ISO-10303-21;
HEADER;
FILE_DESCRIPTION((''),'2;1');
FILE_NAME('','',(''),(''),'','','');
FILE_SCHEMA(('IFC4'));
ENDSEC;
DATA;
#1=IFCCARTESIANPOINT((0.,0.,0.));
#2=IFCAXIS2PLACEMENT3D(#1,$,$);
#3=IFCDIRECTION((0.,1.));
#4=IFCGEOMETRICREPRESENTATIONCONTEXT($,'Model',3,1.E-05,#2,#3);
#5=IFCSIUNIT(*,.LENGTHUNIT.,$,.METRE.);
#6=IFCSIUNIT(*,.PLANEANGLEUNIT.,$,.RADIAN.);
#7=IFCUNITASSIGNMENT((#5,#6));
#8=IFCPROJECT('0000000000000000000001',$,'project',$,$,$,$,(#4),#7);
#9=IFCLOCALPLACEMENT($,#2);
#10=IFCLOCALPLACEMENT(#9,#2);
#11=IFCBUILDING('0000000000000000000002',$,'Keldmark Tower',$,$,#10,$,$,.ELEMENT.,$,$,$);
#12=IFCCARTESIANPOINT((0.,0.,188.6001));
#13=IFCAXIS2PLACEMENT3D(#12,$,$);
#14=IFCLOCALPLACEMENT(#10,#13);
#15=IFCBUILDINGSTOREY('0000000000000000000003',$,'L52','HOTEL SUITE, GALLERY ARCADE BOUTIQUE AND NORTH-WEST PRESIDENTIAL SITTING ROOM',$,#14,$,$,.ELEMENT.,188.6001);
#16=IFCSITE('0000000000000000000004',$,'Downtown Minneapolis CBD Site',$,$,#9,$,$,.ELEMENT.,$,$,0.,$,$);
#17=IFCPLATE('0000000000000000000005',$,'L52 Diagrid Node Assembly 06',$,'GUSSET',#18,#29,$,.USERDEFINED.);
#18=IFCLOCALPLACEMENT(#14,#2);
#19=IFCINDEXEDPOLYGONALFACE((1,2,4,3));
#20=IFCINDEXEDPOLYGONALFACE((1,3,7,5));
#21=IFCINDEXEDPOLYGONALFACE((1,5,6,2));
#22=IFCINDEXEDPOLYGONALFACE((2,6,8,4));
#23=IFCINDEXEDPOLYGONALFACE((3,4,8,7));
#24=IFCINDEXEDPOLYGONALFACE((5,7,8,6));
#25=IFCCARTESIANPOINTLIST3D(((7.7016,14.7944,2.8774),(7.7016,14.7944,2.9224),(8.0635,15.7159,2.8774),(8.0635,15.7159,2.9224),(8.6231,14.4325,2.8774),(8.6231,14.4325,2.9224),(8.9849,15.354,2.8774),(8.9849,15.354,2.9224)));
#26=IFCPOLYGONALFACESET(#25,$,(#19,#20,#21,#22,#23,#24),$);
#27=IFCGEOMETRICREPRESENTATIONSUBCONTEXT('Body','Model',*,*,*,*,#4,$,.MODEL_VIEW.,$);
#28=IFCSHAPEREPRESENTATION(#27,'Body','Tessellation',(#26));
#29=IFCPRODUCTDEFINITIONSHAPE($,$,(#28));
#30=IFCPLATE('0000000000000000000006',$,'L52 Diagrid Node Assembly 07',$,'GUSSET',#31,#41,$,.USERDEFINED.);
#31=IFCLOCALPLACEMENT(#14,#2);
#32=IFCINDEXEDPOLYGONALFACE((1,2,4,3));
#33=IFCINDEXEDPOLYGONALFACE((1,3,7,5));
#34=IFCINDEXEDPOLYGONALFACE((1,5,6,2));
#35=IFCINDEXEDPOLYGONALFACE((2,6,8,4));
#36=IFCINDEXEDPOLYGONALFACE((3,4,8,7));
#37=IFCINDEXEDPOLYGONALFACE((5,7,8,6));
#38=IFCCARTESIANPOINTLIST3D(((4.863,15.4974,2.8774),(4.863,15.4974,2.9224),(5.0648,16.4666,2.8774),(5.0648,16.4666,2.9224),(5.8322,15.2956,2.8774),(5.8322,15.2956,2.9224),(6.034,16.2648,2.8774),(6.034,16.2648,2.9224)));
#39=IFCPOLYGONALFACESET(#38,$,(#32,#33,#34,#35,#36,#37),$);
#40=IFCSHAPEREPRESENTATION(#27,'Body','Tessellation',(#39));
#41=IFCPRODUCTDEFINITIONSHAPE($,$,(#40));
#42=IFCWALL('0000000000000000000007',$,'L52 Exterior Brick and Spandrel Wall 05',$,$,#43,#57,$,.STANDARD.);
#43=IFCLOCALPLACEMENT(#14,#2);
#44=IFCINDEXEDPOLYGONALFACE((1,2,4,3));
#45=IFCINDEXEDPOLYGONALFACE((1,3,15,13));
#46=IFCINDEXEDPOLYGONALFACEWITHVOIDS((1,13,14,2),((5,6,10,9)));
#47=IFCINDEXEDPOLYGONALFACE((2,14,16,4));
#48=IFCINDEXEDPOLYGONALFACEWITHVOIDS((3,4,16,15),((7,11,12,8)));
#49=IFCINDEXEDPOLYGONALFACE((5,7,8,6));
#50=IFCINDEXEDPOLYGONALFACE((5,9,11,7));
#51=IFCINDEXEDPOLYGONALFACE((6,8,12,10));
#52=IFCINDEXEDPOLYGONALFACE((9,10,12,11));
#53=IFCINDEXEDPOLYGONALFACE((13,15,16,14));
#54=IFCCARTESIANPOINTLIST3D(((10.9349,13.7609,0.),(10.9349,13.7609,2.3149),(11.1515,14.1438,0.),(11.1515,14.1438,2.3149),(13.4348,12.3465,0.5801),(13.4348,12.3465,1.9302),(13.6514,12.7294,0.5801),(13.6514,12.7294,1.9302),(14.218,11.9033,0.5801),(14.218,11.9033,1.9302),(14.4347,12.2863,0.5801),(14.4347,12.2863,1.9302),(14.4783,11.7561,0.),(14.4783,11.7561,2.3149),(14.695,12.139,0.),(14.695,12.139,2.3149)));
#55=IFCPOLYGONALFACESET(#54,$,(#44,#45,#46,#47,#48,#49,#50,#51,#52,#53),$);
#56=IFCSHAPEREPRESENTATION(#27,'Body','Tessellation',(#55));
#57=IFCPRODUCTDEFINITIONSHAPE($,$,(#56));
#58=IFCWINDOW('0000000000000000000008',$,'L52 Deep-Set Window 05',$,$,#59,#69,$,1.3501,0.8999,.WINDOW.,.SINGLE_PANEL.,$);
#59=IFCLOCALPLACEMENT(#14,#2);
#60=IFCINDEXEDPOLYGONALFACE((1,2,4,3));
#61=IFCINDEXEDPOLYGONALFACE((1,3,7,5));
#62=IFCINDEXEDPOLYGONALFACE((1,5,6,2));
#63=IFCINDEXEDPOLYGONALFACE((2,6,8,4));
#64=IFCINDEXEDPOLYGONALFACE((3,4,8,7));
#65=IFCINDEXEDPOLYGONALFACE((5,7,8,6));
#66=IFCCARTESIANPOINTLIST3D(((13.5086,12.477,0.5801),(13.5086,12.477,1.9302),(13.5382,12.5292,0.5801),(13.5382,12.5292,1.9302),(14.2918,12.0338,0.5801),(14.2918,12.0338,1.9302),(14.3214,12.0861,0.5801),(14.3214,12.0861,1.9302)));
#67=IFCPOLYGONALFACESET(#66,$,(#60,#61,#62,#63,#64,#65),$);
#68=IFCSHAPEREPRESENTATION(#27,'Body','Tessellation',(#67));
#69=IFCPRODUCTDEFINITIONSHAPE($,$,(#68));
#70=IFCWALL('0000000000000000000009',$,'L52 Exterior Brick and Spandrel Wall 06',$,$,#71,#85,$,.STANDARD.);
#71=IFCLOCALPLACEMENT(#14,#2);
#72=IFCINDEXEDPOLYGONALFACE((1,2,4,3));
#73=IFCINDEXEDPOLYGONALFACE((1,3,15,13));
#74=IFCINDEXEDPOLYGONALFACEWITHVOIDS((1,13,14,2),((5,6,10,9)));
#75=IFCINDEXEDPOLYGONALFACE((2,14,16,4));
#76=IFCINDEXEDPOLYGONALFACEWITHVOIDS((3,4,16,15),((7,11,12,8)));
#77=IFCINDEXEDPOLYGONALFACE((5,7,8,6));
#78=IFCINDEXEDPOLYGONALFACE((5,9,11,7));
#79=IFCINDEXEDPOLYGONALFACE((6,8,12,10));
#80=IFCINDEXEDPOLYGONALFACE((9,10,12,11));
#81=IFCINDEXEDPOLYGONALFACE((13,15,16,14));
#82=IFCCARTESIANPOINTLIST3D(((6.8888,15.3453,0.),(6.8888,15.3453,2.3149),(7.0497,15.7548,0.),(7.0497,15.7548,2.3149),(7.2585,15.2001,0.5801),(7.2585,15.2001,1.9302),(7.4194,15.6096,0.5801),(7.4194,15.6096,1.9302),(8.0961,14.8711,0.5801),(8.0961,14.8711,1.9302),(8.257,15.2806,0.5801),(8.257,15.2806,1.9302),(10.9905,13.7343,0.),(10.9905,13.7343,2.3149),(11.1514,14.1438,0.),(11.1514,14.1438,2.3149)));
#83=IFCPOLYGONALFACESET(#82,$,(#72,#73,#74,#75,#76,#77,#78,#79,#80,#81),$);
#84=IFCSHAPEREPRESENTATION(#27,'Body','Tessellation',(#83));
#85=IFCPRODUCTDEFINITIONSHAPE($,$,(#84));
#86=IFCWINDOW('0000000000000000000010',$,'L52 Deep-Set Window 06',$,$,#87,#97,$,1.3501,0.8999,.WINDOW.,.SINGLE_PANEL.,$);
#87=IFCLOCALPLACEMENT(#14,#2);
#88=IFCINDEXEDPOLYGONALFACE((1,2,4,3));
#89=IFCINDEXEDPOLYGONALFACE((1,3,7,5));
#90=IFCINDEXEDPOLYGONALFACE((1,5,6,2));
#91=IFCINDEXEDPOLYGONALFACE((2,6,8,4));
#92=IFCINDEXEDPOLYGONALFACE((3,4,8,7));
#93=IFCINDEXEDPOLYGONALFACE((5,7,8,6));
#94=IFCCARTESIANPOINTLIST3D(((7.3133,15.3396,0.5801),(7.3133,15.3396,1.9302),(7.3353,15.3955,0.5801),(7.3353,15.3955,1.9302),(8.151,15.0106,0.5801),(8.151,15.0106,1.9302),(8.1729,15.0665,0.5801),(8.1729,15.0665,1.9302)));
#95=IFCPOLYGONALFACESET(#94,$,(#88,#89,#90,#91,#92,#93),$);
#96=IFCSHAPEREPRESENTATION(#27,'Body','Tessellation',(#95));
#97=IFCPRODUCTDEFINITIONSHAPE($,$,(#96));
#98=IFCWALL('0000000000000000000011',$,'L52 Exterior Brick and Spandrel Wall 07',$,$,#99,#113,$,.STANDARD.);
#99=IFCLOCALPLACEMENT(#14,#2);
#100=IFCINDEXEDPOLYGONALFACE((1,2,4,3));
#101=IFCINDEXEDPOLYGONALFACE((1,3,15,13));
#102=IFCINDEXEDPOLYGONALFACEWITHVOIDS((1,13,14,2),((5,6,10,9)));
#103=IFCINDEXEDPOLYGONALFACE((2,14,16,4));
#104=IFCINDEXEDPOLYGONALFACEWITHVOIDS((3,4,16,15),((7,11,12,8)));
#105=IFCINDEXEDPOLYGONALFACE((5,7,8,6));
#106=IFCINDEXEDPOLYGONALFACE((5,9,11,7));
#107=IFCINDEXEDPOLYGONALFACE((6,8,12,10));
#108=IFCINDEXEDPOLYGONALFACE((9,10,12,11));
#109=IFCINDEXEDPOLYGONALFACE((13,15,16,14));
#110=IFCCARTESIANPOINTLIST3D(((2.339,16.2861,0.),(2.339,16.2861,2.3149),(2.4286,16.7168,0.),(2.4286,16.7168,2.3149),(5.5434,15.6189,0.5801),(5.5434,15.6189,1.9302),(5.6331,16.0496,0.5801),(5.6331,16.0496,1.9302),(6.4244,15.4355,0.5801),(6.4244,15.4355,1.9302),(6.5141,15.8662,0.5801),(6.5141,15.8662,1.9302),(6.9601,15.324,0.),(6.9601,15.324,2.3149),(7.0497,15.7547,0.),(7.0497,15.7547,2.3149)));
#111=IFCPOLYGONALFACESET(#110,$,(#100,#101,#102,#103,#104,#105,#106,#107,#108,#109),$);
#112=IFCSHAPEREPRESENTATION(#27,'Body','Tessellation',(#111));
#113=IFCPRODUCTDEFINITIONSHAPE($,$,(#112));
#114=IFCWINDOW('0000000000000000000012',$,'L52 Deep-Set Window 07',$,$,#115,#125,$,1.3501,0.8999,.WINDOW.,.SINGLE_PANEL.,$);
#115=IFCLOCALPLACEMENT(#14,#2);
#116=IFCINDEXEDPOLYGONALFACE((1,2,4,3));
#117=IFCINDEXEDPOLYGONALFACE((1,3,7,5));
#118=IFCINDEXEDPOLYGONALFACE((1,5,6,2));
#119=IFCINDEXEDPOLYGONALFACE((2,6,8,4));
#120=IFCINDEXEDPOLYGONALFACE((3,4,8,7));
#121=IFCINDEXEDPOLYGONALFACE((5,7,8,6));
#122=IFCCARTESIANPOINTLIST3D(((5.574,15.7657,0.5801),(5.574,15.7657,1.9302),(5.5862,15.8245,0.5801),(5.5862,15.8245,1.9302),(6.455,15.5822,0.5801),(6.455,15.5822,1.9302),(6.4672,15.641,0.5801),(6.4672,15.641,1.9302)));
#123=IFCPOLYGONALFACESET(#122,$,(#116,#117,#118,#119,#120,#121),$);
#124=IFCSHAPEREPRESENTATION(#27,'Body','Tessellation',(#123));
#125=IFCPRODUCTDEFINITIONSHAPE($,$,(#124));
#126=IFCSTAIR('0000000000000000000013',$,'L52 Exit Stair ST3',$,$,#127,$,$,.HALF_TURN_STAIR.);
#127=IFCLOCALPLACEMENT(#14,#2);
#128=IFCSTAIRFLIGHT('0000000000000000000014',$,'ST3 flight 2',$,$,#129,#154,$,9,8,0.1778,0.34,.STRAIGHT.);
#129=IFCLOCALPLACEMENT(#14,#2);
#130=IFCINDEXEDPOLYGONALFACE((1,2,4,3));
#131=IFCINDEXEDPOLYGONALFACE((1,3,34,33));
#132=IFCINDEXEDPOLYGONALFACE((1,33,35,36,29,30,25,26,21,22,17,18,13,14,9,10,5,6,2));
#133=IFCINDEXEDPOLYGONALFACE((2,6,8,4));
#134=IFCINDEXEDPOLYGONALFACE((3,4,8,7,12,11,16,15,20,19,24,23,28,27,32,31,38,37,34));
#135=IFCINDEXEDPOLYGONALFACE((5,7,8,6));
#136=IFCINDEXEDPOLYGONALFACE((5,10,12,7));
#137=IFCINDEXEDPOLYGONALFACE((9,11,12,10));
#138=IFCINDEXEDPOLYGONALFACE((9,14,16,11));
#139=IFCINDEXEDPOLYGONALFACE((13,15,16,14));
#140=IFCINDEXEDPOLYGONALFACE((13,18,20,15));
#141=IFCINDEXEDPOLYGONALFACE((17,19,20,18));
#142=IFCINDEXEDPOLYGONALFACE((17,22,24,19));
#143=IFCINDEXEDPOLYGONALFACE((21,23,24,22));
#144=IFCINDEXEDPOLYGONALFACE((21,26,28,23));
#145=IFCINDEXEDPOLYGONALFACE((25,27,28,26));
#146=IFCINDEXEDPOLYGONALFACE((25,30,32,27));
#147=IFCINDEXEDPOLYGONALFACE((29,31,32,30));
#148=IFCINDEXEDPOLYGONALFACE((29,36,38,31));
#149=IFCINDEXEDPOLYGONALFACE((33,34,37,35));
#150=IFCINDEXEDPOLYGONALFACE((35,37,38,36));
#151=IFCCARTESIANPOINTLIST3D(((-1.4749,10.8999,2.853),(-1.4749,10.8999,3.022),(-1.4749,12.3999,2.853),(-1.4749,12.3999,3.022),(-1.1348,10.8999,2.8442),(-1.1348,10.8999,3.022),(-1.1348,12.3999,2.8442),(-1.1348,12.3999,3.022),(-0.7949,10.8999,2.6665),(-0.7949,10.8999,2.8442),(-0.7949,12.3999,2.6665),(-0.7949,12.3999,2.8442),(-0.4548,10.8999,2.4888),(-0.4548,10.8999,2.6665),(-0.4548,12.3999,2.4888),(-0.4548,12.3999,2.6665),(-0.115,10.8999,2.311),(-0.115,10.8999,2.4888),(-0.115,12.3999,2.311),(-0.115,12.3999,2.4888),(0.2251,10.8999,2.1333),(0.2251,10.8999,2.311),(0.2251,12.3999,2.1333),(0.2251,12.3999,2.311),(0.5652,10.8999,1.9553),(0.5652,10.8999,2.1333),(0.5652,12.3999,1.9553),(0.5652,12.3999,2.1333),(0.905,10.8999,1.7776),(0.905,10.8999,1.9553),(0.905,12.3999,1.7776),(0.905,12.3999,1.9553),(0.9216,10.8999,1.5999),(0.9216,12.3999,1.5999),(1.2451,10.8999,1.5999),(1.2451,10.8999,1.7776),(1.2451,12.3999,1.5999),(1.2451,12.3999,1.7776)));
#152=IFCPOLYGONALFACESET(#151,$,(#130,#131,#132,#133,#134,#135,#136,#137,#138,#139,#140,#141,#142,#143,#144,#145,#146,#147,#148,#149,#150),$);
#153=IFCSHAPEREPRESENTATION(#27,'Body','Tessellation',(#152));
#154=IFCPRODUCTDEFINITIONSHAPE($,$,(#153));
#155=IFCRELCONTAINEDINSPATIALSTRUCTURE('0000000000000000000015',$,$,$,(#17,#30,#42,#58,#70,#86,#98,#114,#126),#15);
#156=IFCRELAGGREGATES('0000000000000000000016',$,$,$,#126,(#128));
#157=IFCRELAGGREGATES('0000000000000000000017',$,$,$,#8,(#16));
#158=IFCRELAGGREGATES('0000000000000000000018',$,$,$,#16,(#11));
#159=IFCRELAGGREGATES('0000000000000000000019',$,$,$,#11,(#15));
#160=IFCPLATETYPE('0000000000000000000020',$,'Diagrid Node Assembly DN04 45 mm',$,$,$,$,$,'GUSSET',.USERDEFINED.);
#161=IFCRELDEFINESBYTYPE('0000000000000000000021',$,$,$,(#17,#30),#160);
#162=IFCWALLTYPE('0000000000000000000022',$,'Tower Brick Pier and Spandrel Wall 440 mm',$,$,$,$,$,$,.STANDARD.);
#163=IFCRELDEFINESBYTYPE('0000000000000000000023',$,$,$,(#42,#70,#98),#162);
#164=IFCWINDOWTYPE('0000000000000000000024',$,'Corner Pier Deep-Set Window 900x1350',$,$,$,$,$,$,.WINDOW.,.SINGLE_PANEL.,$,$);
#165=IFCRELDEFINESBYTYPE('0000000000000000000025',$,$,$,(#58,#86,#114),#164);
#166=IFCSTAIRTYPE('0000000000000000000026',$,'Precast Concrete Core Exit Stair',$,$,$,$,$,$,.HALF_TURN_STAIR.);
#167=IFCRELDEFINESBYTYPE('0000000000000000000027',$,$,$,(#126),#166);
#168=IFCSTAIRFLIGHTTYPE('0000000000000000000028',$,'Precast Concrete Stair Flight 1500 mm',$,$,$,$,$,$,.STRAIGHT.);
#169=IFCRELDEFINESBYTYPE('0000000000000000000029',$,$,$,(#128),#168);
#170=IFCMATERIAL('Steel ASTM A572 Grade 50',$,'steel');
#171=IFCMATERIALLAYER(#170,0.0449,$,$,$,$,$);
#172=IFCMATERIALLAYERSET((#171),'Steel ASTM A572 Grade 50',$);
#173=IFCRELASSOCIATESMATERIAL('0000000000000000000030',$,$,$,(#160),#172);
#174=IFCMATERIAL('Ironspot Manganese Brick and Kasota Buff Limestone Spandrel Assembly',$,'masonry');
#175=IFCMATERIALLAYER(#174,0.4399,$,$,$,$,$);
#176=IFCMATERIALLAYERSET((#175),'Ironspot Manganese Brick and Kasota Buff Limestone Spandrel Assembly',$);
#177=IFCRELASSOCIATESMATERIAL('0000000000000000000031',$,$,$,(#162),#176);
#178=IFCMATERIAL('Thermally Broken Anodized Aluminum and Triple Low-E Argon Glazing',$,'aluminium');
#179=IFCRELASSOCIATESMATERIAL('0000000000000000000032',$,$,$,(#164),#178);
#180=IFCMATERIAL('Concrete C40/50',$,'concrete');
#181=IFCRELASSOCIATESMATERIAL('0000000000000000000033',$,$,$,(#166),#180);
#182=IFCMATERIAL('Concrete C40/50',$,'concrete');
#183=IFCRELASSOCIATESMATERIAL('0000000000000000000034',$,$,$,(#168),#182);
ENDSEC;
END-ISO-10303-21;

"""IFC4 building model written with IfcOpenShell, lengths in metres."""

from ifc_helpers import new_model, si_unit, direction, frame, frame_2d, origin, origin_2d, place, context, subcontext, project, spatial, polyline, rectangle, outline, extrude, material, layer, layer_set, type_object, element, fill, aggregate, save


model = new_model("IFC4")

# Units and contexts
model_context = context("Model", 3, precision=1e-05, world=origin(), true_north=direction((0.0, 1.0)))
body_context = subcontext(model_context, "Body", "Model", "MODEL_VIEW")
ifc_project = project(units=[si_unit("LENGTHUNIT", "METRE"), si_unit("PLANEANGLEUNIT", "RADIAN")], contexts=[model_context])

# Site, building, storey
site_placement = place(None, origin())
site = spatial("IfcSite", under=ifc_project, at=site_placement, Name="Downtown Minneapolis CBD Site", CompositionType="ELEMENT", RefElevation=0.0)
building_placement = place(site_placement, origin())
building = spatial("IfcBuilding", under=site, at=building_placement, Name="Keldmark Tower", CompositionType="ELEMENT")
storey_placement = place(building_placement, frame((0.0, 0.0, 188.6001)))
storey = spatial("IfcBuildingStorey", under=building, at=storey_placement, Name="L52", Description="HOTEL SUITE, GALLERY ARCADE BOUTIQUE AND NORTH-WEST PRESIDENTIAL SITTING ROOM", CompositionType="ELEMENT", Elevation=188.6001)

# Plates
ifc_material_1 = material(Name="Steel ASTM A572 Grade 50", Category="steel")
ifc_layer_1 = layer(ifc_material_1, 0.0449)
ifc_layer_set_1 = layer_set([ifc_layer_1], Name="Steel ASTM A572 Grade 50")
plate_type_1 = type_object("IfcPlateType", Name="Diagrid Node Assembly DN04 45 mm", ElementType="GUSSET", PredefinedType="USERDEFINED", material=ifc_layer_set_1)
for number, where, z_axis, x_axis, name in (
    (1, (8.3433, 15.0742, 2.8774), (0.0, 0.0, 1.0), (-0.930801, 0.365527, 0.0), "L52 Diagrid Node Assembly 06"),
    (2, (5.4485, 15.8811, 2.8774), (0.0, 0.0, 1.0), (-0.97901, 0.203813, 0.0), "L52 Diagrid Node Assembly 07"),
):
    element("IfcPlate", number, at=place(storey_placement, frame(where, z_axis=z_axis, x_axis=x_axis)), inside=storey, type_object=plate_type_1, Name=name, ObjectType="GUSSET", PredefinedType="USERDEFINED", context=body_context, shape_type="SweptSolid", body=[
        extrude(rectangle(XDim=0.99, YDim=0.99, at=origin_2d()), origin(), (0.0, 0.0, 1.0), 0.0449),
    ])

# Walls, openings, windows
ifc_material_2 = material(Name="Ironspot Manganese Brick and Kasota Buff Limestone Spandrel Assembly", Category="masonry")
ifc_layer_2 = layer(ifc_material_2, 0.4399)
ifc_layer_set_2 = layer_set([ifc_layer_2], Name="Ironspot Manganese Brick and Kasota Buff Limestone Spandrel Assembly")
wall_type = type_object("IfcWallType", Name="Tower Brick Pier and Spandrel Wall 440 mm", PredefinedType="STANDARD", material=ifc_layer_set_2)
wall_1_placement = place(storey_placement, frame((11.0432, 13.9524, 0.0), z_axis=(0.0, 0.0, 1.0), x_axis=(0.870346, -0.492441, 0.0)))
wall_1 = element("IfcWall", 3, at=wall_1_placement, inside=storey, type_object=wall_type, Name="L52 Exterior Brick and Spandrel Wall 05", PredefinedType="STANDARD", context=body_context, shape_type="SweptSolid", body=[
    extrude(rectangle(XDim=4.0713, YDim=0.4399, at=frame_2d((2.0356, 0.0))), origin(), (0.0, 0.0, 1.0), 2.3149),
])
opening_1_placement = place(wall_1_placement, frame((2.8723, 0.0, 0.5801)))
opening_1 = element("IfcOpeningElement", 4, at=opening_1_placement, cuts=wall_1, PredefinedType="OPENING", context=body_context, shape_type="SweptSolid", body=[
    extrude(rectangle(XDim=0.8999, YDim=1.3501, at=frame_2d((0.45, 0.675))), frame((0.0, 0.23, 0.0), z_axis=(0.0, -1.0, 0.0), x_axis=(1.0, 0.0, 0.0)), (0.0, 0.0, 1.0), 0.46),
])
ifc_material_3 = material(Name="Thermally Broken Anodized Aluminum and Triple Low-E Argon Glazing", Category="aluminium")
window_type = type_object("IfcWindowType", Name="Corner Pier Deep-Set Window 900x1350", PartitioningType="SINGLE_PANEL", PredefinedType="WINDOW", material=ifc_material_3)
window_1_placement = place(opening_1_placement, origin())
window_1 = element("IfcWindow", 5, at=window_1_placement, inside=storey, type_object=window_type, Name="L52 Deep-Set Window 05", OverallHeight=1.3501, OverallWidth=0.8999, PartitioningType="SINGLE_PANEL", PredefinedType="WINDOW", context=body_context, shape_type="SweptSolid", body=[
    extrude(rectangle(XDim=0.8999, YDim=1.3501, at=frame_2d((0.45, 0.675))), frame((0.0, -0.01, 0.0), z_axis=(0.0, -1.0, 0.0), x_axis=(1.0, 0.0, 0.0)), (0.0, 0.0, 1.0), 0.0601),
])
fill(opening_1, window_1)
wall_2_placement = place(storey_placement, frame((6.9692, 15.55, 0.0), z_axis=(0.0, 0.0, 1.0), x_axis=(0.930778, -0.365586, 0.0)))
wall_2 = element("IfcWall", 6, at=wall_2_placement, inside=storey, type_object=wall_type, Name="L52 Exterior Brick and Spandrel Wall 06", PredefinedType="STANDARD", context=body_context, shape_type="SweptSolid", body=[
    extrude(rectangle(XDim=4.4067, YDim=0.4399, at=frame_2d((2.2034, 0.0))), origin(), (0.0, 0.0, 1.0), 2.3149),
])
opening_2_placement = place(wall_2_placement, frame((0.3972, 0.0, 0.5801)))
opening_2 = element("IfcOpeningElement", 7, at=opening_2_placement, cuts=wall_2, PredefinedType="OPENING", context=body_context, shape_type="SweptSolid", body=[
    extrude(rectangle(XDim=0.8999, YDim=1.3501, at=frame_2d((0.45, 0.675))), frame((0.0, 0.23, 0.0), z_axis=(0.0, -1.0, 0.0), x_axis=(1.0, 0.0, 0.0)), (0.0, 0.0, 1.0), 0.46),
])
window_2_placement = place(opening_2_placement, origin())
window_2 = element("IfcWindow", 8, at=window_2_placement, inside=storey, type_object=window_type, Name="L52 Deep-Set Window 06", OverallHeight=1.3501, OverallWidth=0.8999, PartitioningType="SINGLE_PANEL", PredefinedType="WINDOW", context=body_context, shape_type="SweptSolid", body=[
    extrude(rectangle(XDim=0.8999, YDim=1.3501, at=frame_2d((0.45, 0.675))), frame((0.0, -0.01, 0.0), z_axis=(0.0, -1.0, 0.0), x_axis=(1.0, 0.0, 0.0)), (0.0, 0.0, 1.0), 0.0601),
])
fill(opening_2, window_2)
wall_3_placement = place(storey_placement, frame((2.3838, 16.5015, 0.0), z_axis=(0.0, 0.0, 1.0), x_axis=(0.979005, -0.203839, 0.0)))
wall_3 = element("IfcWall", 9, at=wall_3_placement, inside=storey, type_object=wall_type, Name="L52 Exterior Brick and Spandrel Wall 07", PredefinedType="STANDARD", context=body_context, shape_type="SweptSolid", body=[
    extrude(rectangle(XDim=4.7202, YDim=0.4399, at=frame_2d((2.3601, 0.0))), origin(), (0.0, 0.0, 1.0), 2.3149),
])
opening_3_placement = place(wall_3_placement, frame((3.2732, 0.0, 0.5801)))
opening_3 = element("IfcOpeningElement", 10, at=opening_3_placement, cuts=wall_3, PredefinedType="OPENING", context=body_context, shape_type="SweptSolid", body=[
    extrude(rectangle(XDim=0.8999, YDim=1.3501, at=frame_2d((0.45, 0.675))), frame((0.0, 0.23, 0.0), z_axis=(0.0, -1.0, 0.0), x_axis=(1.0, 0.0, 0.0)), (0.0, 0.0, 1.0), 0.46),
])
window_3_placement = place(opening_3_placement, origin())
window_3 = element("IfcWindow", 11, at=window_3_placement, inside=storey, type_object=window_type, Name="L52 Deep-Set Window 07", OverallHeight=1.3501, OverallWidth=0.8999, PartitioningType="SINGLE_PANEL", PredefinedType="WINDOW", context=body_context, shape_type="SweptSolid", body=[
    extrude(rectangle(XDim=0.8999, YDim=1.3501, at=frame_2d((0.45, 0.675))), frame((0.0, -0.01, 0.0), z_axis=(0.0, -1.0, 0.0), x_axis=(1.0, 0.0, 0.0)), (0.0, 0.0, 1.0), 0.0601),
])
fill(opening_3, window_3)

# Stair, stair flight
ifc_material_4 = material(Name="Concrete C40/50", Category="concrete")
stair_type = type_object("IfcStairType", Name="Precast Concrete Core Exit Stair", PredefinedType="HALF_TURN_STAIR", material=ifc_material_4)
stair_placement = place(storey_placement, origin())
stair = element("IfcStair", 12, at=stair_placement, inside=storey, type_object=stair_type, Name="L52 Exit Stair ST3", PredefinedType="HALF_TURN_STAIR")
ifc_material_5 = material(Name="Concrete C40/50", Category="concrete")
stair_flight_type = type_object("IfcStairFlightType", Name="Precast Concrete Stair Flight 1500 mm", PredefinedType="STRAIGHT", material=ifc_material_5)
stair_flight_placement = place(storey_placement, frame((1.2451, 11.6499, 1.5999), z_axis=(0.0, 0.0, 1.0), x_axis=(-1.0, 0.0, 0.0)))
stair_flight = element("IfcStairFlight", 13, at=stair_flight_placement, type_object=stair_flight_type, Name="ST3 flight 2", NumberOfRisers=9, NumberOfTreads=8, PredefinedType="STRAIGHT", RiserHeight=0.1778, TreadLength=0.34, context=body_context, shape_type="SweptSolid", body=[
    extrude(outline(polyline([(0.0, 0.0), (0.0, 0.1777), (0.3401, 0.1777), (0.3401, 0.3555), (0.6799, 0.3555), (0.6799, 0.5334), (1.02, 0.5334), (1.02, 0.7112), (1.3601, 0.7112), (1.3601, 0.8889), (1.7, 0.8889), (1.7, 1.0667), (2.04, 1.0667), (2.04, 1.2444), (2.3799, 1.2444), (2.3799, 1.4221), (2.72, 1.4221), (2.72, 1.6001), (2.72, 1.2532), (0.3235, 0.0), (0.0, 0.0)])), frame((0.0, 0.75, 0.0), z_axis=(0.0, -1.0, 0.0), x_axis=(1.0, 0.0, 0.0)), (0.0, 0.0, 1.0), 1.5),
])
aggregate(stair, [stair_flight])

save(model, "model.ifc")
